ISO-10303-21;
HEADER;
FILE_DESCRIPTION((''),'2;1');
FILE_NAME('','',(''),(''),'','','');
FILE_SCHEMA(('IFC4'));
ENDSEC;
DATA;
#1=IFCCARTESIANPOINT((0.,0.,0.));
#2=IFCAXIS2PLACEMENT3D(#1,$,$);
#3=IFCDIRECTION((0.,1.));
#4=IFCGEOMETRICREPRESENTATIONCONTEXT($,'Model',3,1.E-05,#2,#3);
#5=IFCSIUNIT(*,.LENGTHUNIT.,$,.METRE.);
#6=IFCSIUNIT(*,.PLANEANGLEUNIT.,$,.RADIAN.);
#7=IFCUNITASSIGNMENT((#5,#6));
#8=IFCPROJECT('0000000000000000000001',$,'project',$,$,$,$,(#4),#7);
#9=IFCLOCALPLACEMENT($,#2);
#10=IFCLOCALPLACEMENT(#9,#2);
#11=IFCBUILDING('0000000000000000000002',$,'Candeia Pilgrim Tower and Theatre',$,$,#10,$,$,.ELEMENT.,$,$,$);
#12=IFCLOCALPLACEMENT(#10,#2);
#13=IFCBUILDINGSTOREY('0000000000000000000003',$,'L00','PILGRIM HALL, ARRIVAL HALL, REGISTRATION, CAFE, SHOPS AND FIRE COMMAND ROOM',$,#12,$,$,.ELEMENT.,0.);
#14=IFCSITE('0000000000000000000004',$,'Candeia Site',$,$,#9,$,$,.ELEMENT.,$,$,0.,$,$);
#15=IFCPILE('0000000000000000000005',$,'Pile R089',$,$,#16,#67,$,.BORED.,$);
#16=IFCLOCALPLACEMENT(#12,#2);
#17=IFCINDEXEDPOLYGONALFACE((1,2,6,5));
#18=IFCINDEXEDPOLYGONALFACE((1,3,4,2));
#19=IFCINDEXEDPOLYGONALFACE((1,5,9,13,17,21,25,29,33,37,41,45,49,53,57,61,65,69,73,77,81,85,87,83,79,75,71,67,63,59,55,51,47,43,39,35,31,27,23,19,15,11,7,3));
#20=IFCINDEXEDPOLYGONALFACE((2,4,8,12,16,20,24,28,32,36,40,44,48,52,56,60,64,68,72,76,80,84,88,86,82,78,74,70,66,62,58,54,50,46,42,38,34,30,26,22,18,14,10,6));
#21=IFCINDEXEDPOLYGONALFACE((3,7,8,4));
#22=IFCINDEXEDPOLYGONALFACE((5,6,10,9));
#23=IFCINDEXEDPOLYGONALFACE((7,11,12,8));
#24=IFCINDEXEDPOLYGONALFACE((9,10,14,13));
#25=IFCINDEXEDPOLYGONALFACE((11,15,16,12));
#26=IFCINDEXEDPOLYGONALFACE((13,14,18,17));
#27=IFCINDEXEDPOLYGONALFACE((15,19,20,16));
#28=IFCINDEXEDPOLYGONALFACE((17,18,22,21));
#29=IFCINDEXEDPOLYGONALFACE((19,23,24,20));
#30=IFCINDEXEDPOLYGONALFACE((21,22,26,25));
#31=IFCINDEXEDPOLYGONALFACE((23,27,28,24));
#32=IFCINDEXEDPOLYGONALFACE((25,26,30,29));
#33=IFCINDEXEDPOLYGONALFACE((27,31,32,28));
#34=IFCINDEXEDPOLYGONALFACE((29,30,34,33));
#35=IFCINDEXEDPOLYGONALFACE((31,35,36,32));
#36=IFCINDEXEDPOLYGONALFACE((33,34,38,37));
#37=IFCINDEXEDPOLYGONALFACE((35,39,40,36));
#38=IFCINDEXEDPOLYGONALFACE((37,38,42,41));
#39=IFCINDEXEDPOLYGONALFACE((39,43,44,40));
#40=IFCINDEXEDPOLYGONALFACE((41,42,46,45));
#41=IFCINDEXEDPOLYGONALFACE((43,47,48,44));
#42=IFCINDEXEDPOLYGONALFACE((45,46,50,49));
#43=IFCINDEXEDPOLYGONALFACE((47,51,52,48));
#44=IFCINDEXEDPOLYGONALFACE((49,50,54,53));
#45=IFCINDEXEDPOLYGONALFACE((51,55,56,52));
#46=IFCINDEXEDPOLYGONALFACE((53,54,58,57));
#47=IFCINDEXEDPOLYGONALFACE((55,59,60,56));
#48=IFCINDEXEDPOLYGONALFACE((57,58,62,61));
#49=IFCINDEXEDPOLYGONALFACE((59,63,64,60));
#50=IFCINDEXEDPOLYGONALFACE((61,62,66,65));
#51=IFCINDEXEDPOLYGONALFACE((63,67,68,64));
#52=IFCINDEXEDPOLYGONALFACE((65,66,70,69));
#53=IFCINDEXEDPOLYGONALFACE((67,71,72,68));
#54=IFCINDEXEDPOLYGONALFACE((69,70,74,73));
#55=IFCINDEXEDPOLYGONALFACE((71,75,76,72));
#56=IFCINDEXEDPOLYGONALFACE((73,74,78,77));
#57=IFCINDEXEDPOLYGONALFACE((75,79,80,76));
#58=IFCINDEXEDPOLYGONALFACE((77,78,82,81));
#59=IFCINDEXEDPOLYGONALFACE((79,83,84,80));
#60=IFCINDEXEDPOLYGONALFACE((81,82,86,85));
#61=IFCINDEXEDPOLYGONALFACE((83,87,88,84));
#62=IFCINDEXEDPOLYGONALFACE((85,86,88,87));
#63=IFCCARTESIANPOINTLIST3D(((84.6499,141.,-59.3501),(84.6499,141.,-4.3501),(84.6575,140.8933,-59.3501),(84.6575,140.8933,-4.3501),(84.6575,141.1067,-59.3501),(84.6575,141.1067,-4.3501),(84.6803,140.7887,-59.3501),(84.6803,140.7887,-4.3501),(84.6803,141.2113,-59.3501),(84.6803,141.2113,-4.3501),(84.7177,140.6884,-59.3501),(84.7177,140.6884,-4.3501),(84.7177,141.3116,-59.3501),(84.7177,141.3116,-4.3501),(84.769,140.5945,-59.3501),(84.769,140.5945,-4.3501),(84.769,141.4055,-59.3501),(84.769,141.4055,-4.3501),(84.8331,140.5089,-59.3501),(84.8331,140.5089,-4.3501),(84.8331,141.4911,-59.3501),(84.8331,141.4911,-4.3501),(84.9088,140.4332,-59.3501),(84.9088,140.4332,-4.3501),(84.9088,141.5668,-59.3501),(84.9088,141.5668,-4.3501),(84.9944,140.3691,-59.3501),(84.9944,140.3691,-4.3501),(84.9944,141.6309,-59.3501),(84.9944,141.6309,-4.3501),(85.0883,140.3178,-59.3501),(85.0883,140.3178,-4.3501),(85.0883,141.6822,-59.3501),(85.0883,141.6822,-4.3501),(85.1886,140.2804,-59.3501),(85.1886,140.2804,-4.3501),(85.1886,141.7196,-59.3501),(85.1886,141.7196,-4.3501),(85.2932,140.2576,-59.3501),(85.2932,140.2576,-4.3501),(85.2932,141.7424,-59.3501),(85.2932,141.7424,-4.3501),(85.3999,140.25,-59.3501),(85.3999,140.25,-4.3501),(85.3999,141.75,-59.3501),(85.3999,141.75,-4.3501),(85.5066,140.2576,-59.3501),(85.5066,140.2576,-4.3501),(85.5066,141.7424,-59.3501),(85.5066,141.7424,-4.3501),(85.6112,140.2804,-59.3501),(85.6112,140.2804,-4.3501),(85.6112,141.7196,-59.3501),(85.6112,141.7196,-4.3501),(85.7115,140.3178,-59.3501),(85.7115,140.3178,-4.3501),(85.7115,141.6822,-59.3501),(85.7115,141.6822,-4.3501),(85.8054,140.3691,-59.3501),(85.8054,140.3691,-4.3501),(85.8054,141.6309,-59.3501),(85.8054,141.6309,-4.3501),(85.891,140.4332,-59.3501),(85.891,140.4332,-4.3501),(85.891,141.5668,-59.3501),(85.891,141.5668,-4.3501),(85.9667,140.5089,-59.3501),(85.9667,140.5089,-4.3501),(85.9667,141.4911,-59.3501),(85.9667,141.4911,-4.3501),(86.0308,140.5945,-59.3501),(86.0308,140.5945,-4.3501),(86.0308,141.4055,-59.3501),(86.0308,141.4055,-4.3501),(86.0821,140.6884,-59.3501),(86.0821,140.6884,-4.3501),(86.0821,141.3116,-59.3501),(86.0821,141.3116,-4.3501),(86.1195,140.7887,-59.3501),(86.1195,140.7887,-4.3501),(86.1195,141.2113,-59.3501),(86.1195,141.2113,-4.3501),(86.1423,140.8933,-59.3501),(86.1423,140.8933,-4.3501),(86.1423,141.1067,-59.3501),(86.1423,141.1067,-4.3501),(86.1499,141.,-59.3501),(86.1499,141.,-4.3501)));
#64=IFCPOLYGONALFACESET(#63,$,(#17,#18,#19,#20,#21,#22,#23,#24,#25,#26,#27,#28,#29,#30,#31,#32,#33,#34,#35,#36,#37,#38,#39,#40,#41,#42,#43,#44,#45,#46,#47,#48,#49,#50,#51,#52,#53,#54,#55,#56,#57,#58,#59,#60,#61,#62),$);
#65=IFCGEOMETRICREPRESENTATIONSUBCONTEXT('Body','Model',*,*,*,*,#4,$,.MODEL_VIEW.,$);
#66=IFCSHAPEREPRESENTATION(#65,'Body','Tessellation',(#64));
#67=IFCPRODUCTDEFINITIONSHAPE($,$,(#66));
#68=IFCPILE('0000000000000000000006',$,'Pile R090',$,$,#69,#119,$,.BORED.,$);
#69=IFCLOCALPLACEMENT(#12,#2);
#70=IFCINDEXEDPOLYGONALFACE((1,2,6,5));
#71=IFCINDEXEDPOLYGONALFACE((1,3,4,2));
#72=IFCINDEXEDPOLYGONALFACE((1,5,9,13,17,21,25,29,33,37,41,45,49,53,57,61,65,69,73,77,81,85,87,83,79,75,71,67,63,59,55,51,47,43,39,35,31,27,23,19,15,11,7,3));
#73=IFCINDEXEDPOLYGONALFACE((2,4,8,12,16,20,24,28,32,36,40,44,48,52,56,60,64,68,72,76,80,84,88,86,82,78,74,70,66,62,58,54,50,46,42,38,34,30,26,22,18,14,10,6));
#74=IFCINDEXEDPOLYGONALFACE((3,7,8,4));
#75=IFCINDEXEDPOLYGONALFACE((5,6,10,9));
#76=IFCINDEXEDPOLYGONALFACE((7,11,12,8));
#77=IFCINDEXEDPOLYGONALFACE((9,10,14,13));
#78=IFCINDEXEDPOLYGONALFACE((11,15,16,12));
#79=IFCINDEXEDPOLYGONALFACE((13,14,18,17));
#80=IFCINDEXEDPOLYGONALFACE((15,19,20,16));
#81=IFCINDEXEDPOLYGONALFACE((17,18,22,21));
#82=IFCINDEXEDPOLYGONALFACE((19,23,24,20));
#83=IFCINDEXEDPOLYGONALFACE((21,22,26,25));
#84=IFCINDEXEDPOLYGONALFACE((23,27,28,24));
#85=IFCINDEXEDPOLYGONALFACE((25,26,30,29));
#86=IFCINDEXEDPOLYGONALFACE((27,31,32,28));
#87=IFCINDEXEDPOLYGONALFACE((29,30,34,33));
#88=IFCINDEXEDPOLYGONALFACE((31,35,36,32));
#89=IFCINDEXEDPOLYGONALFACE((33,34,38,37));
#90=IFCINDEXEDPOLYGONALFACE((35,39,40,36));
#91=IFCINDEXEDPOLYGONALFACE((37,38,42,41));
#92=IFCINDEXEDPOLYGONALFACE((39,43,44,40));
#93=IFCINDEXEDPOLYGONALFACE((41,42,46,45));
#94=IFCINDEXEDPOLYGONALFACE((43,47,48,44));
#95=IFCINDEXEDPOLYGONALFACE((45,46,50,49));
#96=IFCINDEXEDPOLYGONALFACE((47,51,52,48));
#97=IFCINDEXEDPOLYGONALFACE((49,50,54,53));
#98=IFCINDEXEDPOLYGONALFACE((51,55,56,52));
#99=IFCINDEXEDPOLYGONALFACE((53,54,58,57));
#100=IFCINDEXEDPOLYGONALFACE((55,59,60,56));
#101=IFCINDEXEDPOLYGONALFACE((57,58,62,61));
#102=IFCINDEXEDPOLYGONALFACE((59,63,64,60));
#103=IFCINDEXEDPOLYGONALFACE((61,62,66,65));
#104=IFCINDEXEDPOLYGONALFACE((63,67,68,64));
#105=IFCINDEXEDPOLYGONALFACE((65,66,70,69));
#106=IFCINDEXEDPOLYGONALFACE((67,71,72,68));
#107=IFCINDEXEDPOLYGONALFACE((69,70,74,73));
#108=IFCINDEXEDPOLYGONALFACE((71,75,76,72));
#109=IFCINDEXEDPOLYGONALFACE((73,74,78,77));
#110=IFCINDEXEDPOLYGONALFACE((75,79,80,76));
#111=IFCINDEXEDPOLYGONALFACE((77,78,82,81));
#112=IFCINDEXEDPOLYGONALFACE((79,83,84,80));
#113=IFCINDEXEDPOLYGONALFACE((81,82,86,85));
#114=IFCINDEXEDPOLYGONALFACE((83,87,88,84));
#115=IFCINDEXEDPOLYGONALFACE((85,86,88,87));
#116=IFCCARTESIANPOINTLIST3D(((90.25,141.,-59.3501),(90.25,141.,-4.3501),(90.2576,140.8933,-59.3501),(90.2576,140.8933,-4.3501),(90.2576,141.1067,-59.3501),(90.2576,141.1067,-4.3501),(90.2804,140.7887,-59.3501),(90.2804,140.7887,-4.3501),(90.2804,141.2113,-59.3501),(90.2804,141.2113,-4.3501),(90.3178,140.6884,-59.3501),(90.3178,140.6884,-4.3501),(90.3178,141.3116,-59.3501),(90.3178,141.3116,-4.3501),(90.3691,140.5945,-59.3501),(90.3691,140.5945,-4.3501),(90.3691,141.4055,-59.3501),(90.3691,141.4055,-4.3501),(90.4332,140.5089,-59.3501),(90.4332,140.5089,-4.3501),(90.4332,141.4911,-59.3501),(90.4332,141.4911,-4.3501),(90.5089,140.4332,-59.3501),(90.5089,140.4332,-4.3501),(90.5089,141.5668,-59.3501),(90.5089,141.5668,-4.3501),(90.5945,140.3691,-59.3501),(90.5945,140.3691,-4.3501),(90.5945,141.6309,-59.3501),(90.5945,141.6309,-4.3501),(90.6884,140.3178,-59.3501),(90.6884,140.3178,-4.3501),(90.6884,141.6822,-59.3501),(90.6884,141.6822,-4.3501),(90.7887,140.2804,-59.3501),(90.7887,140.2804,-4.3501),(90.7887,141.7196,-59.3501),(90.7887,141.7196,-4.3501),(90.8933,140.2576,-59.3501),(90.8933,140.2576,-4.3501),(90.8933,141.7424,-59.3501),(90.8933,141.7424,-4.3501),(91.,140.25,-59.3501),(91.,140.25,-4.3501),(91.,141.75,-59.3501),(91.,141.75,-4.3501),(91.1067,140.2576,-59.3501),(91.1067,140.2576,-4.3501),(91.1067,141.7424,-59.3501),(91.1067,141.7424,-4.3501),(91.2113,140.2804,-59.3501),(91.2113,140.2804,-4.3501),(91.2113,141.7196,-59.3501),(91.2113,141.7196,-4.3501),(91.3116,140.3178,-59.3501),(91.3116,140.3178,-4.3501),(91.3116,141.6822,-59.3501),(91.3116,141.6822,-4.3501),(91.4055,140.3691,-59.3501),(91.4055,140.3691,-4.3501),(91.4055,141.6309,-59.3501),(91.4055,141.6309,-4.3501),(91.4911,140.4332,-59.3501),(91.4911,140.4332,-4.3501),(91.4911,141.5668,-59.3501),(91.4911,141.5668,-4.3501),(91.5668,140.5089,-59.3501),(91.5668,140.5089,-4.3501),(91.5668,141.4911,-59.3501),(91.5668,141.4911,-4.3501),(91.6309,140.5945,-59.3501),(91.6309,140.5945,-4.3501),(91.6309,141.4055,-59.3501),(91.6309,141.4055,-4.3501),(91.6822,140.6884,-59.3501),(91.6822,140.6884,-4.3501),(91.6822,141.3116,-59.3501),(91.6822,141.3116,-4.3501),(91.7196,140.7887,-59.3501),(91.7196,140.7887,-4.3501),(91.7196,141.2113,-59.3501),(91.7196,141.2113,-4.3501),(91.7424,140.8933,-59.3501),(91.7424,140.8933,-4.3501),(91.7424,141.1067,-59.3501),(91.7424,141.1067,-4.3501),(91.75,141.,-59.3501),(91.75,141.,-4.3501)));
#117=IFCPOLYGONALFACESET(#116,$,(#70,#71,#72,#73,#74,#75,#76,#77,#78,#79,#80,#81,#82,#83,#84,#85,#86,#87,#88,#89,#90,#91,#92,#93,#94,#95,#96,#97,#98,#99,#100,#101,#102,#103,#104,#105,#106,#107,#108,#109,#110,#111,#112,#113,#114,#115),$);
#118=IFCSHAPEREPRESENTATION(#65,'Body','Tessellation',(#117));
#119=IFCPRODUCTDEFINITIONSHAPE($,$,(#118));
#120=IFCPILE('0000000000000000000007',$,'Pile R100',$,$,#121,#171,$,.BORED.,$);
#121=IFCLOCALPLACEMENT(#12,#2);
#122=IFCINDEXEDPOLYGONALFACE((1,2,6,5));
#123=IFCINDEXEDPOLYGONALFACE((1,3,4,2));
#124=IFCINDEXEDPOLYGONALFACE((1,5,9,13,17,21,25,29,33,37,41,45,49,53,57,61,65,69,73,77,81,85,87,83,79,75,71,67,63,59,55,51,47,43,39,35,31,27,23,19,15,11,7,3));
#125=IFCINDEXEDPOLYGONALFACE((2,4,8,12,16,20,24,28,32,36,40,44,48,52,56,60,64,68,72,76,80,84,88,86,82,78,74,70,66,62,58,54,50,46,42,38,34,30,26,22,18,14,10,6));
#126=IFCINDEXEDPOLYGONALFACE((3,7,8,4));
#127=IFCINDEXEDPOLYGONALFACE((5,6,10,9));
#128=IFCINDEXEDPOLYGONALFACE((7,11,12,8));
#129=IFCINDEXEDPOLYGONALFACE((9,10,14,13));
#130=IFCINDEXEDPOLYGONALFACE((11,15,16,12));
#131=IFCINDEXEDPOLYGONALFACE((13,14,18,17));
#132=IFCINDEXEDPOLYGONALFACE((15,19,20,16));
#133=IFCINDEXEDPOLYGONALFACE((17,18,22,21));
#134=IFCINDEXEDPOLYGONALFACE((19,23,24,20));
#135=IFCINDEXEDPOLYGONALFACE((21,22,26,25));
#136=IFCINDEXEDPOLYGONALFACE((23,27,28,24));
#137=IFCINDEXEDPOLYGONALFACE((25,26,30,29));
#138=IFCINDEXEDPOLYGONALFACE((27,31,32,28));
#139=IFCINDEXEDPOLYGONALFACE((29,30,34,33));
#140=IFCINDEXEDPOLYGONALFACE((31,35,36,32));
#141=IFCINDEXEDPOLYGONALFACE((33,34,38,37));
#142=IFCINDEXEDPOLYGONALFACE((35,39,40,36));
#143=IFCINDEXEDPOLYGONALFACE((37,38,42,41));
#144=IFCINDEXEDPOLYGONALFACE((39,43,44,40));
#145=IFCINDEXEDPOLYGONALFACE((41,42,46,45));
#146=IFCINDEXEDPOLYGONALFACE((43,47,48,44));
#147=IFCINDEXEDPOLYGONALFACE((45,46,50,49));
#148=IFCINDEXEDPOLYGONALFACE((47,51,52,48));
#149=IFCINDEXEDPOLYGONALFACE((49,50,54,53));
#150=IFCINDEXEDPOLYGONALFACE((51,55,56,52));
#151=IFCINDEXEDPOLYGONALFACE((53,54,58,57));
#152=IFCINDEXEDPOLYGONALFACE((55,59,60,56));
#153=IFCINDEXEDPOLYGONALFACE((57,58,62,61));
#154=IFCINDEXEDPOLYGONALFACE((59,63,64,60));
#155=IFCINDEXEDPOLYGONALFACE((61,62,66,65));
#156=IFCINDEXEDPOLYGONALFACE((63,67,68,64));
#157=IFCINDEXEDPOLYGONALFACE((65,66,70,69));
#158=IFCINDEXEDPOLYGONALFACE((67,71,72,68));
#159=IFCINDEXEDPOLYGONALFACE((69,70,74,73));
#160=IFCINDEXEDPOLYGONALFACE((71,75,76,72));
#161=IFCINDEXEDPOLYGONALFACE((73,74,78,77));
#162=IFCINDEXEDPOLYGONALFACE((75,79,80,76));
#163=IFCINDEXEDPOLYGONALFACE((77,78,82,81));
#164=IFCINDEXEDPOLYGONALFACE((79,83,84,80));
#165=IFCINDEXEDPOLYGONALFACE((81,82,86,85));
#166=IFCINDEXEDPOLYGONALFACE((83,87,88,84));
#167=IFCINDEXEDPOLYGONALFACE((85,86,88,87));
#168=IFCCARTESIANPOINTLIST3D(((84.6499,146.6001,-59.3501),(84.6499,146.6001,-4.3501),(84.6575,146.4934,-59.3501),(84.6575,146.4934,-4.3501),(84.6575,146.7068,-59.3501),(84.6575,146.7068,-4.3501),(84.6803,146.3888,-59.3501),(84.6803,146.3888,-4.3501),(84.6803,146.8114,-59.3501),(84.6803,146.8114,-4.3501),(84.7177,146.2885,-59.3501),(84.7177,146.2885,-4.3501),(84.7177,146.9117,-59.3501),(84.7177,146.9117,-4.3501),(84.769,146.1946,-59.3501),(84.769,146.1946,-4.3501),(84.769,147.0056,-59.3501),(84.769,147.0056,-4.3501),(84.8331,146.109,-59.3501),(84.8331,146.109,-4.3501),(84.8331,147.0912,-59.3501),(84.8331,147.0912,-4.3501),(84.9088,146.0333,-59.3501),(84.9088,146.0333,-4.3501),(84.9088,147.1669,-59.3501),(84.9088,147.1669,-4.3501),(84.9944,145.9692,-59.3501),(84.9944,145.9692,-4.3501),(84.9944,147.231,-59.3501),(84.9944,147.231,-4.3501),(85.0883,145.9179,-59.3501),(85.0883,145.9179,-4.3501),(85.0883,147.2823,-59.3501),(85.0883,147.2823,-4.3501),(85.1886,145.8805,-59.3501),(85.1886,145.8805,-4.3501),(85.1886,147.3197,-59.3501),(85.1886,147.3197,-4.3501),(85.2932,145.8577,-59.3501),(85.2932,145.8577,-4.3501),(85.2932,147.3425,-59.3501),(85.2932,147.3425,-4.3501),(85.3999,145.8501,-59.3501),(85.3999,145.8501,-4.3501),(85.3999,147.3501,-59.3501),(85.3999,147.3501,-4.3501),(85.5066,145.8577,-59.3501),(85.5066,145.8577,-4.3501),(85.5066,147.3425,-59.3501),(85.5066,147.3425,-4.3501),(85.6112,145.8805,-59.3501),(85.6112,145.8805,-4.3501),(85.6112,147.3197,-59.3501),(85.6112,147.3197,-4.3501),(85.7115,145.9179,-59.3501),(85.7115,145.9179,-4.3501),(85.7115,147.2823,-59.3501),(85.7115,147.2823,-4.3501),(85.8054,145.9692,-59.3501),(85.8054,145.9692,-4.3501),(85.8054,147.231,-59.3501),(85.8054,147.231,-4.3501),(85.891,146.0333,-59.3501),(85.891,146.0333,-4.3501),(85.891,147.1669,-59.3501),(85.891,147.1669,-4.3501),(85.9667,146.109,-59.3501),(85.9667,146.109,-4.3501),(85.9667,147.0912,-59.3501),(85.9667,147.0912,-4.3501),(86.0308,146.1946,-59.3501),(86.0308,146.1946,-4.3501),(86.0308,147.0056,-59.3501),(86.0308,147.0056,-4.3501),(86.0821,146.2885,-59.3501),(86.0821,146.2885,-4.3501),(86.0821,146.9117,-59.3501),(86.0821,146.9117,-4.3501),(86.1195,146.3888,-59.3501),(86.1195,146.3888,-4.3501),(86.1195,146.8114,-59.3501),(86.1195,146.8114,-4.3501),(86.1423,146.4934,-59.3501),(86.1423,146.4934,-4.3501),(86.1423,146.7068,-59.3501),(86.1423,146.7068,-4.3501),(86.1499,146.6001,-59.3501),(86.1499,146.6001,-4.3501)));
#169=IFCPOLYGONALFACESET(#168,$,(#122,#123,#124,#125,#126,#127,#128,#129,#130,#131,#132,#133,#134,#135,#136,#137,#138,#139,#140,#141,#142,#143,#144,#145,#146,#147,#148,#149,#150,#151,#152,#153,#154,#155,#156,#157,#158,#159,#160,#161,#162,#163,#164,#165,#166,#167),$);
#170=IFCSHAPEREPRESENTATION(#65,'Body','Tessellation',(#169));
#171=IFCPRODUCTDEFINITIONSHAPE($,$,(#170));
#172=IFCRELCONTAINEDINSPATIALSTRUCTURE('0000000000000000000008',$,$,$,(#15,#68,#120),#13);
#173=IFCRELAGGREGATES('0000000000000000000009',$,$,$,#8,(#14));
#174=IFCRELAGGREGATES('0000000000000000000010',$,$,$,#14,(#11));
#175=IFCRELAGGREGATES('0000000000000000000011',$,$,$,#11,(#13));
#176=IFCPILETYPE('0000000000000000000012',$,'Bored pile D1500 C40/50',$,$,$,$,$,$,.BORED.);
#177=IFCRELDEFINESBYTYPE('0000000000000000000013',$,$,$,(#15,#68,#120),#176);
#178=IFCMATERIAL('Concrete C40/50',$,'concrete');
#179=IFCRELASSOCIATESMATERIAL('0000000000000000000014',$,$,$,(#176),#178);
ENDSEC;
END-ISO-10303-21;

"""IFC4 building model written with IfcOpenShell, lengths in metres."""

from ifc_helpers import new_model, si_unit, direction, frame, origin, origin_2d, place, context, subcontext, project, spatial, circle, extrude, material, material_profile, profile_set, type_object, element, save


model = new_model("IFC4")

# Units and contexts
model_context = context("Model", 3, precision=1e-05, world=origin(), true_north=direction((0.0, 1.0)))
body_context = subcontext(model_context, "Body", "Model", "MODEL_VIEW")
ifc_project = project(units=[si_unit("LENGTHUNIT", "METRE"), si_unit("PLANEANGLEUNIT", "RADIAN")], contexts=[model_context])

# Site, building, storey
site_placement = place(None, origin())
site = spatial("IfcSite", under=ifc_project, at=site_placement, Name="Candeia Site", CompositionType="ELEMENT", RefElevation=0.0)
building_placement = place(site_placement, origin())
building = spatial("IfcBuilding", under=site, at=building_placement, Name="Candeia Pilgrim Tower and Theatre", CompositionType="ELEMENT")
storey_placement = place(building_placement, origin())
storey = spatial("IfcBuildingStorey", under=building, at=storey_placement, Name="L00", Description="PILGRIM HALL, ARRIVAL HALL, REGISTRATION, CAFE, SHOPS AND FIRE COMMAND ROOM", CompositionType="ELEMENT", Elevation=0.0)

# Piles
ifc_material_1 = material(Name="Concrete C40/50", Category="concrete")
ifc_material_profile_1 = material_profile(ifc_material_1, circle(Radius=0.75, at=origin_2d()))
ifc_profile_set_1 = profile_set([ifc_material_profile_1], Name="Concrete C40/50")
pile_type = type_object("IfcPileType", Name="Bored pile D1500 C40/50", PredefinedType="BORED", material=ifc_profile_set_1)
for number, where, z_axis, x_axis, name in (
    (1, (85.3999, 141.0, -4.3501), (0.0, 0.0, -1.0), (1.0, 0.0, 0.0), "Pile R089"),
    (2, (91.0, 141.0, -4.3501), (0.0, 0.0, -1.0), (1.0, 0.0, 0.0), "Pile R090"),
    (3, (85.3999, 146.6001, -4.3501), (0.0, 0.0, -1.0), (1.0, 0.0, 0.0), "Pile R100"),
):
    element("IfcPile", number, at=place(storey_placement, frame(where, z_axis=z_axis, x_axis=x_axis)), inside=storey, type_object=pile_type, Name=name, PredefinedType="BORED", context=body_context, shape_type="SweptSolid", body=[
        extrude(circle(Radius=0.75, at=origin_2d()), origin(), (0.0, 0.0, 1.0), 55.0),
    ])

save(model, "model.ifc")
